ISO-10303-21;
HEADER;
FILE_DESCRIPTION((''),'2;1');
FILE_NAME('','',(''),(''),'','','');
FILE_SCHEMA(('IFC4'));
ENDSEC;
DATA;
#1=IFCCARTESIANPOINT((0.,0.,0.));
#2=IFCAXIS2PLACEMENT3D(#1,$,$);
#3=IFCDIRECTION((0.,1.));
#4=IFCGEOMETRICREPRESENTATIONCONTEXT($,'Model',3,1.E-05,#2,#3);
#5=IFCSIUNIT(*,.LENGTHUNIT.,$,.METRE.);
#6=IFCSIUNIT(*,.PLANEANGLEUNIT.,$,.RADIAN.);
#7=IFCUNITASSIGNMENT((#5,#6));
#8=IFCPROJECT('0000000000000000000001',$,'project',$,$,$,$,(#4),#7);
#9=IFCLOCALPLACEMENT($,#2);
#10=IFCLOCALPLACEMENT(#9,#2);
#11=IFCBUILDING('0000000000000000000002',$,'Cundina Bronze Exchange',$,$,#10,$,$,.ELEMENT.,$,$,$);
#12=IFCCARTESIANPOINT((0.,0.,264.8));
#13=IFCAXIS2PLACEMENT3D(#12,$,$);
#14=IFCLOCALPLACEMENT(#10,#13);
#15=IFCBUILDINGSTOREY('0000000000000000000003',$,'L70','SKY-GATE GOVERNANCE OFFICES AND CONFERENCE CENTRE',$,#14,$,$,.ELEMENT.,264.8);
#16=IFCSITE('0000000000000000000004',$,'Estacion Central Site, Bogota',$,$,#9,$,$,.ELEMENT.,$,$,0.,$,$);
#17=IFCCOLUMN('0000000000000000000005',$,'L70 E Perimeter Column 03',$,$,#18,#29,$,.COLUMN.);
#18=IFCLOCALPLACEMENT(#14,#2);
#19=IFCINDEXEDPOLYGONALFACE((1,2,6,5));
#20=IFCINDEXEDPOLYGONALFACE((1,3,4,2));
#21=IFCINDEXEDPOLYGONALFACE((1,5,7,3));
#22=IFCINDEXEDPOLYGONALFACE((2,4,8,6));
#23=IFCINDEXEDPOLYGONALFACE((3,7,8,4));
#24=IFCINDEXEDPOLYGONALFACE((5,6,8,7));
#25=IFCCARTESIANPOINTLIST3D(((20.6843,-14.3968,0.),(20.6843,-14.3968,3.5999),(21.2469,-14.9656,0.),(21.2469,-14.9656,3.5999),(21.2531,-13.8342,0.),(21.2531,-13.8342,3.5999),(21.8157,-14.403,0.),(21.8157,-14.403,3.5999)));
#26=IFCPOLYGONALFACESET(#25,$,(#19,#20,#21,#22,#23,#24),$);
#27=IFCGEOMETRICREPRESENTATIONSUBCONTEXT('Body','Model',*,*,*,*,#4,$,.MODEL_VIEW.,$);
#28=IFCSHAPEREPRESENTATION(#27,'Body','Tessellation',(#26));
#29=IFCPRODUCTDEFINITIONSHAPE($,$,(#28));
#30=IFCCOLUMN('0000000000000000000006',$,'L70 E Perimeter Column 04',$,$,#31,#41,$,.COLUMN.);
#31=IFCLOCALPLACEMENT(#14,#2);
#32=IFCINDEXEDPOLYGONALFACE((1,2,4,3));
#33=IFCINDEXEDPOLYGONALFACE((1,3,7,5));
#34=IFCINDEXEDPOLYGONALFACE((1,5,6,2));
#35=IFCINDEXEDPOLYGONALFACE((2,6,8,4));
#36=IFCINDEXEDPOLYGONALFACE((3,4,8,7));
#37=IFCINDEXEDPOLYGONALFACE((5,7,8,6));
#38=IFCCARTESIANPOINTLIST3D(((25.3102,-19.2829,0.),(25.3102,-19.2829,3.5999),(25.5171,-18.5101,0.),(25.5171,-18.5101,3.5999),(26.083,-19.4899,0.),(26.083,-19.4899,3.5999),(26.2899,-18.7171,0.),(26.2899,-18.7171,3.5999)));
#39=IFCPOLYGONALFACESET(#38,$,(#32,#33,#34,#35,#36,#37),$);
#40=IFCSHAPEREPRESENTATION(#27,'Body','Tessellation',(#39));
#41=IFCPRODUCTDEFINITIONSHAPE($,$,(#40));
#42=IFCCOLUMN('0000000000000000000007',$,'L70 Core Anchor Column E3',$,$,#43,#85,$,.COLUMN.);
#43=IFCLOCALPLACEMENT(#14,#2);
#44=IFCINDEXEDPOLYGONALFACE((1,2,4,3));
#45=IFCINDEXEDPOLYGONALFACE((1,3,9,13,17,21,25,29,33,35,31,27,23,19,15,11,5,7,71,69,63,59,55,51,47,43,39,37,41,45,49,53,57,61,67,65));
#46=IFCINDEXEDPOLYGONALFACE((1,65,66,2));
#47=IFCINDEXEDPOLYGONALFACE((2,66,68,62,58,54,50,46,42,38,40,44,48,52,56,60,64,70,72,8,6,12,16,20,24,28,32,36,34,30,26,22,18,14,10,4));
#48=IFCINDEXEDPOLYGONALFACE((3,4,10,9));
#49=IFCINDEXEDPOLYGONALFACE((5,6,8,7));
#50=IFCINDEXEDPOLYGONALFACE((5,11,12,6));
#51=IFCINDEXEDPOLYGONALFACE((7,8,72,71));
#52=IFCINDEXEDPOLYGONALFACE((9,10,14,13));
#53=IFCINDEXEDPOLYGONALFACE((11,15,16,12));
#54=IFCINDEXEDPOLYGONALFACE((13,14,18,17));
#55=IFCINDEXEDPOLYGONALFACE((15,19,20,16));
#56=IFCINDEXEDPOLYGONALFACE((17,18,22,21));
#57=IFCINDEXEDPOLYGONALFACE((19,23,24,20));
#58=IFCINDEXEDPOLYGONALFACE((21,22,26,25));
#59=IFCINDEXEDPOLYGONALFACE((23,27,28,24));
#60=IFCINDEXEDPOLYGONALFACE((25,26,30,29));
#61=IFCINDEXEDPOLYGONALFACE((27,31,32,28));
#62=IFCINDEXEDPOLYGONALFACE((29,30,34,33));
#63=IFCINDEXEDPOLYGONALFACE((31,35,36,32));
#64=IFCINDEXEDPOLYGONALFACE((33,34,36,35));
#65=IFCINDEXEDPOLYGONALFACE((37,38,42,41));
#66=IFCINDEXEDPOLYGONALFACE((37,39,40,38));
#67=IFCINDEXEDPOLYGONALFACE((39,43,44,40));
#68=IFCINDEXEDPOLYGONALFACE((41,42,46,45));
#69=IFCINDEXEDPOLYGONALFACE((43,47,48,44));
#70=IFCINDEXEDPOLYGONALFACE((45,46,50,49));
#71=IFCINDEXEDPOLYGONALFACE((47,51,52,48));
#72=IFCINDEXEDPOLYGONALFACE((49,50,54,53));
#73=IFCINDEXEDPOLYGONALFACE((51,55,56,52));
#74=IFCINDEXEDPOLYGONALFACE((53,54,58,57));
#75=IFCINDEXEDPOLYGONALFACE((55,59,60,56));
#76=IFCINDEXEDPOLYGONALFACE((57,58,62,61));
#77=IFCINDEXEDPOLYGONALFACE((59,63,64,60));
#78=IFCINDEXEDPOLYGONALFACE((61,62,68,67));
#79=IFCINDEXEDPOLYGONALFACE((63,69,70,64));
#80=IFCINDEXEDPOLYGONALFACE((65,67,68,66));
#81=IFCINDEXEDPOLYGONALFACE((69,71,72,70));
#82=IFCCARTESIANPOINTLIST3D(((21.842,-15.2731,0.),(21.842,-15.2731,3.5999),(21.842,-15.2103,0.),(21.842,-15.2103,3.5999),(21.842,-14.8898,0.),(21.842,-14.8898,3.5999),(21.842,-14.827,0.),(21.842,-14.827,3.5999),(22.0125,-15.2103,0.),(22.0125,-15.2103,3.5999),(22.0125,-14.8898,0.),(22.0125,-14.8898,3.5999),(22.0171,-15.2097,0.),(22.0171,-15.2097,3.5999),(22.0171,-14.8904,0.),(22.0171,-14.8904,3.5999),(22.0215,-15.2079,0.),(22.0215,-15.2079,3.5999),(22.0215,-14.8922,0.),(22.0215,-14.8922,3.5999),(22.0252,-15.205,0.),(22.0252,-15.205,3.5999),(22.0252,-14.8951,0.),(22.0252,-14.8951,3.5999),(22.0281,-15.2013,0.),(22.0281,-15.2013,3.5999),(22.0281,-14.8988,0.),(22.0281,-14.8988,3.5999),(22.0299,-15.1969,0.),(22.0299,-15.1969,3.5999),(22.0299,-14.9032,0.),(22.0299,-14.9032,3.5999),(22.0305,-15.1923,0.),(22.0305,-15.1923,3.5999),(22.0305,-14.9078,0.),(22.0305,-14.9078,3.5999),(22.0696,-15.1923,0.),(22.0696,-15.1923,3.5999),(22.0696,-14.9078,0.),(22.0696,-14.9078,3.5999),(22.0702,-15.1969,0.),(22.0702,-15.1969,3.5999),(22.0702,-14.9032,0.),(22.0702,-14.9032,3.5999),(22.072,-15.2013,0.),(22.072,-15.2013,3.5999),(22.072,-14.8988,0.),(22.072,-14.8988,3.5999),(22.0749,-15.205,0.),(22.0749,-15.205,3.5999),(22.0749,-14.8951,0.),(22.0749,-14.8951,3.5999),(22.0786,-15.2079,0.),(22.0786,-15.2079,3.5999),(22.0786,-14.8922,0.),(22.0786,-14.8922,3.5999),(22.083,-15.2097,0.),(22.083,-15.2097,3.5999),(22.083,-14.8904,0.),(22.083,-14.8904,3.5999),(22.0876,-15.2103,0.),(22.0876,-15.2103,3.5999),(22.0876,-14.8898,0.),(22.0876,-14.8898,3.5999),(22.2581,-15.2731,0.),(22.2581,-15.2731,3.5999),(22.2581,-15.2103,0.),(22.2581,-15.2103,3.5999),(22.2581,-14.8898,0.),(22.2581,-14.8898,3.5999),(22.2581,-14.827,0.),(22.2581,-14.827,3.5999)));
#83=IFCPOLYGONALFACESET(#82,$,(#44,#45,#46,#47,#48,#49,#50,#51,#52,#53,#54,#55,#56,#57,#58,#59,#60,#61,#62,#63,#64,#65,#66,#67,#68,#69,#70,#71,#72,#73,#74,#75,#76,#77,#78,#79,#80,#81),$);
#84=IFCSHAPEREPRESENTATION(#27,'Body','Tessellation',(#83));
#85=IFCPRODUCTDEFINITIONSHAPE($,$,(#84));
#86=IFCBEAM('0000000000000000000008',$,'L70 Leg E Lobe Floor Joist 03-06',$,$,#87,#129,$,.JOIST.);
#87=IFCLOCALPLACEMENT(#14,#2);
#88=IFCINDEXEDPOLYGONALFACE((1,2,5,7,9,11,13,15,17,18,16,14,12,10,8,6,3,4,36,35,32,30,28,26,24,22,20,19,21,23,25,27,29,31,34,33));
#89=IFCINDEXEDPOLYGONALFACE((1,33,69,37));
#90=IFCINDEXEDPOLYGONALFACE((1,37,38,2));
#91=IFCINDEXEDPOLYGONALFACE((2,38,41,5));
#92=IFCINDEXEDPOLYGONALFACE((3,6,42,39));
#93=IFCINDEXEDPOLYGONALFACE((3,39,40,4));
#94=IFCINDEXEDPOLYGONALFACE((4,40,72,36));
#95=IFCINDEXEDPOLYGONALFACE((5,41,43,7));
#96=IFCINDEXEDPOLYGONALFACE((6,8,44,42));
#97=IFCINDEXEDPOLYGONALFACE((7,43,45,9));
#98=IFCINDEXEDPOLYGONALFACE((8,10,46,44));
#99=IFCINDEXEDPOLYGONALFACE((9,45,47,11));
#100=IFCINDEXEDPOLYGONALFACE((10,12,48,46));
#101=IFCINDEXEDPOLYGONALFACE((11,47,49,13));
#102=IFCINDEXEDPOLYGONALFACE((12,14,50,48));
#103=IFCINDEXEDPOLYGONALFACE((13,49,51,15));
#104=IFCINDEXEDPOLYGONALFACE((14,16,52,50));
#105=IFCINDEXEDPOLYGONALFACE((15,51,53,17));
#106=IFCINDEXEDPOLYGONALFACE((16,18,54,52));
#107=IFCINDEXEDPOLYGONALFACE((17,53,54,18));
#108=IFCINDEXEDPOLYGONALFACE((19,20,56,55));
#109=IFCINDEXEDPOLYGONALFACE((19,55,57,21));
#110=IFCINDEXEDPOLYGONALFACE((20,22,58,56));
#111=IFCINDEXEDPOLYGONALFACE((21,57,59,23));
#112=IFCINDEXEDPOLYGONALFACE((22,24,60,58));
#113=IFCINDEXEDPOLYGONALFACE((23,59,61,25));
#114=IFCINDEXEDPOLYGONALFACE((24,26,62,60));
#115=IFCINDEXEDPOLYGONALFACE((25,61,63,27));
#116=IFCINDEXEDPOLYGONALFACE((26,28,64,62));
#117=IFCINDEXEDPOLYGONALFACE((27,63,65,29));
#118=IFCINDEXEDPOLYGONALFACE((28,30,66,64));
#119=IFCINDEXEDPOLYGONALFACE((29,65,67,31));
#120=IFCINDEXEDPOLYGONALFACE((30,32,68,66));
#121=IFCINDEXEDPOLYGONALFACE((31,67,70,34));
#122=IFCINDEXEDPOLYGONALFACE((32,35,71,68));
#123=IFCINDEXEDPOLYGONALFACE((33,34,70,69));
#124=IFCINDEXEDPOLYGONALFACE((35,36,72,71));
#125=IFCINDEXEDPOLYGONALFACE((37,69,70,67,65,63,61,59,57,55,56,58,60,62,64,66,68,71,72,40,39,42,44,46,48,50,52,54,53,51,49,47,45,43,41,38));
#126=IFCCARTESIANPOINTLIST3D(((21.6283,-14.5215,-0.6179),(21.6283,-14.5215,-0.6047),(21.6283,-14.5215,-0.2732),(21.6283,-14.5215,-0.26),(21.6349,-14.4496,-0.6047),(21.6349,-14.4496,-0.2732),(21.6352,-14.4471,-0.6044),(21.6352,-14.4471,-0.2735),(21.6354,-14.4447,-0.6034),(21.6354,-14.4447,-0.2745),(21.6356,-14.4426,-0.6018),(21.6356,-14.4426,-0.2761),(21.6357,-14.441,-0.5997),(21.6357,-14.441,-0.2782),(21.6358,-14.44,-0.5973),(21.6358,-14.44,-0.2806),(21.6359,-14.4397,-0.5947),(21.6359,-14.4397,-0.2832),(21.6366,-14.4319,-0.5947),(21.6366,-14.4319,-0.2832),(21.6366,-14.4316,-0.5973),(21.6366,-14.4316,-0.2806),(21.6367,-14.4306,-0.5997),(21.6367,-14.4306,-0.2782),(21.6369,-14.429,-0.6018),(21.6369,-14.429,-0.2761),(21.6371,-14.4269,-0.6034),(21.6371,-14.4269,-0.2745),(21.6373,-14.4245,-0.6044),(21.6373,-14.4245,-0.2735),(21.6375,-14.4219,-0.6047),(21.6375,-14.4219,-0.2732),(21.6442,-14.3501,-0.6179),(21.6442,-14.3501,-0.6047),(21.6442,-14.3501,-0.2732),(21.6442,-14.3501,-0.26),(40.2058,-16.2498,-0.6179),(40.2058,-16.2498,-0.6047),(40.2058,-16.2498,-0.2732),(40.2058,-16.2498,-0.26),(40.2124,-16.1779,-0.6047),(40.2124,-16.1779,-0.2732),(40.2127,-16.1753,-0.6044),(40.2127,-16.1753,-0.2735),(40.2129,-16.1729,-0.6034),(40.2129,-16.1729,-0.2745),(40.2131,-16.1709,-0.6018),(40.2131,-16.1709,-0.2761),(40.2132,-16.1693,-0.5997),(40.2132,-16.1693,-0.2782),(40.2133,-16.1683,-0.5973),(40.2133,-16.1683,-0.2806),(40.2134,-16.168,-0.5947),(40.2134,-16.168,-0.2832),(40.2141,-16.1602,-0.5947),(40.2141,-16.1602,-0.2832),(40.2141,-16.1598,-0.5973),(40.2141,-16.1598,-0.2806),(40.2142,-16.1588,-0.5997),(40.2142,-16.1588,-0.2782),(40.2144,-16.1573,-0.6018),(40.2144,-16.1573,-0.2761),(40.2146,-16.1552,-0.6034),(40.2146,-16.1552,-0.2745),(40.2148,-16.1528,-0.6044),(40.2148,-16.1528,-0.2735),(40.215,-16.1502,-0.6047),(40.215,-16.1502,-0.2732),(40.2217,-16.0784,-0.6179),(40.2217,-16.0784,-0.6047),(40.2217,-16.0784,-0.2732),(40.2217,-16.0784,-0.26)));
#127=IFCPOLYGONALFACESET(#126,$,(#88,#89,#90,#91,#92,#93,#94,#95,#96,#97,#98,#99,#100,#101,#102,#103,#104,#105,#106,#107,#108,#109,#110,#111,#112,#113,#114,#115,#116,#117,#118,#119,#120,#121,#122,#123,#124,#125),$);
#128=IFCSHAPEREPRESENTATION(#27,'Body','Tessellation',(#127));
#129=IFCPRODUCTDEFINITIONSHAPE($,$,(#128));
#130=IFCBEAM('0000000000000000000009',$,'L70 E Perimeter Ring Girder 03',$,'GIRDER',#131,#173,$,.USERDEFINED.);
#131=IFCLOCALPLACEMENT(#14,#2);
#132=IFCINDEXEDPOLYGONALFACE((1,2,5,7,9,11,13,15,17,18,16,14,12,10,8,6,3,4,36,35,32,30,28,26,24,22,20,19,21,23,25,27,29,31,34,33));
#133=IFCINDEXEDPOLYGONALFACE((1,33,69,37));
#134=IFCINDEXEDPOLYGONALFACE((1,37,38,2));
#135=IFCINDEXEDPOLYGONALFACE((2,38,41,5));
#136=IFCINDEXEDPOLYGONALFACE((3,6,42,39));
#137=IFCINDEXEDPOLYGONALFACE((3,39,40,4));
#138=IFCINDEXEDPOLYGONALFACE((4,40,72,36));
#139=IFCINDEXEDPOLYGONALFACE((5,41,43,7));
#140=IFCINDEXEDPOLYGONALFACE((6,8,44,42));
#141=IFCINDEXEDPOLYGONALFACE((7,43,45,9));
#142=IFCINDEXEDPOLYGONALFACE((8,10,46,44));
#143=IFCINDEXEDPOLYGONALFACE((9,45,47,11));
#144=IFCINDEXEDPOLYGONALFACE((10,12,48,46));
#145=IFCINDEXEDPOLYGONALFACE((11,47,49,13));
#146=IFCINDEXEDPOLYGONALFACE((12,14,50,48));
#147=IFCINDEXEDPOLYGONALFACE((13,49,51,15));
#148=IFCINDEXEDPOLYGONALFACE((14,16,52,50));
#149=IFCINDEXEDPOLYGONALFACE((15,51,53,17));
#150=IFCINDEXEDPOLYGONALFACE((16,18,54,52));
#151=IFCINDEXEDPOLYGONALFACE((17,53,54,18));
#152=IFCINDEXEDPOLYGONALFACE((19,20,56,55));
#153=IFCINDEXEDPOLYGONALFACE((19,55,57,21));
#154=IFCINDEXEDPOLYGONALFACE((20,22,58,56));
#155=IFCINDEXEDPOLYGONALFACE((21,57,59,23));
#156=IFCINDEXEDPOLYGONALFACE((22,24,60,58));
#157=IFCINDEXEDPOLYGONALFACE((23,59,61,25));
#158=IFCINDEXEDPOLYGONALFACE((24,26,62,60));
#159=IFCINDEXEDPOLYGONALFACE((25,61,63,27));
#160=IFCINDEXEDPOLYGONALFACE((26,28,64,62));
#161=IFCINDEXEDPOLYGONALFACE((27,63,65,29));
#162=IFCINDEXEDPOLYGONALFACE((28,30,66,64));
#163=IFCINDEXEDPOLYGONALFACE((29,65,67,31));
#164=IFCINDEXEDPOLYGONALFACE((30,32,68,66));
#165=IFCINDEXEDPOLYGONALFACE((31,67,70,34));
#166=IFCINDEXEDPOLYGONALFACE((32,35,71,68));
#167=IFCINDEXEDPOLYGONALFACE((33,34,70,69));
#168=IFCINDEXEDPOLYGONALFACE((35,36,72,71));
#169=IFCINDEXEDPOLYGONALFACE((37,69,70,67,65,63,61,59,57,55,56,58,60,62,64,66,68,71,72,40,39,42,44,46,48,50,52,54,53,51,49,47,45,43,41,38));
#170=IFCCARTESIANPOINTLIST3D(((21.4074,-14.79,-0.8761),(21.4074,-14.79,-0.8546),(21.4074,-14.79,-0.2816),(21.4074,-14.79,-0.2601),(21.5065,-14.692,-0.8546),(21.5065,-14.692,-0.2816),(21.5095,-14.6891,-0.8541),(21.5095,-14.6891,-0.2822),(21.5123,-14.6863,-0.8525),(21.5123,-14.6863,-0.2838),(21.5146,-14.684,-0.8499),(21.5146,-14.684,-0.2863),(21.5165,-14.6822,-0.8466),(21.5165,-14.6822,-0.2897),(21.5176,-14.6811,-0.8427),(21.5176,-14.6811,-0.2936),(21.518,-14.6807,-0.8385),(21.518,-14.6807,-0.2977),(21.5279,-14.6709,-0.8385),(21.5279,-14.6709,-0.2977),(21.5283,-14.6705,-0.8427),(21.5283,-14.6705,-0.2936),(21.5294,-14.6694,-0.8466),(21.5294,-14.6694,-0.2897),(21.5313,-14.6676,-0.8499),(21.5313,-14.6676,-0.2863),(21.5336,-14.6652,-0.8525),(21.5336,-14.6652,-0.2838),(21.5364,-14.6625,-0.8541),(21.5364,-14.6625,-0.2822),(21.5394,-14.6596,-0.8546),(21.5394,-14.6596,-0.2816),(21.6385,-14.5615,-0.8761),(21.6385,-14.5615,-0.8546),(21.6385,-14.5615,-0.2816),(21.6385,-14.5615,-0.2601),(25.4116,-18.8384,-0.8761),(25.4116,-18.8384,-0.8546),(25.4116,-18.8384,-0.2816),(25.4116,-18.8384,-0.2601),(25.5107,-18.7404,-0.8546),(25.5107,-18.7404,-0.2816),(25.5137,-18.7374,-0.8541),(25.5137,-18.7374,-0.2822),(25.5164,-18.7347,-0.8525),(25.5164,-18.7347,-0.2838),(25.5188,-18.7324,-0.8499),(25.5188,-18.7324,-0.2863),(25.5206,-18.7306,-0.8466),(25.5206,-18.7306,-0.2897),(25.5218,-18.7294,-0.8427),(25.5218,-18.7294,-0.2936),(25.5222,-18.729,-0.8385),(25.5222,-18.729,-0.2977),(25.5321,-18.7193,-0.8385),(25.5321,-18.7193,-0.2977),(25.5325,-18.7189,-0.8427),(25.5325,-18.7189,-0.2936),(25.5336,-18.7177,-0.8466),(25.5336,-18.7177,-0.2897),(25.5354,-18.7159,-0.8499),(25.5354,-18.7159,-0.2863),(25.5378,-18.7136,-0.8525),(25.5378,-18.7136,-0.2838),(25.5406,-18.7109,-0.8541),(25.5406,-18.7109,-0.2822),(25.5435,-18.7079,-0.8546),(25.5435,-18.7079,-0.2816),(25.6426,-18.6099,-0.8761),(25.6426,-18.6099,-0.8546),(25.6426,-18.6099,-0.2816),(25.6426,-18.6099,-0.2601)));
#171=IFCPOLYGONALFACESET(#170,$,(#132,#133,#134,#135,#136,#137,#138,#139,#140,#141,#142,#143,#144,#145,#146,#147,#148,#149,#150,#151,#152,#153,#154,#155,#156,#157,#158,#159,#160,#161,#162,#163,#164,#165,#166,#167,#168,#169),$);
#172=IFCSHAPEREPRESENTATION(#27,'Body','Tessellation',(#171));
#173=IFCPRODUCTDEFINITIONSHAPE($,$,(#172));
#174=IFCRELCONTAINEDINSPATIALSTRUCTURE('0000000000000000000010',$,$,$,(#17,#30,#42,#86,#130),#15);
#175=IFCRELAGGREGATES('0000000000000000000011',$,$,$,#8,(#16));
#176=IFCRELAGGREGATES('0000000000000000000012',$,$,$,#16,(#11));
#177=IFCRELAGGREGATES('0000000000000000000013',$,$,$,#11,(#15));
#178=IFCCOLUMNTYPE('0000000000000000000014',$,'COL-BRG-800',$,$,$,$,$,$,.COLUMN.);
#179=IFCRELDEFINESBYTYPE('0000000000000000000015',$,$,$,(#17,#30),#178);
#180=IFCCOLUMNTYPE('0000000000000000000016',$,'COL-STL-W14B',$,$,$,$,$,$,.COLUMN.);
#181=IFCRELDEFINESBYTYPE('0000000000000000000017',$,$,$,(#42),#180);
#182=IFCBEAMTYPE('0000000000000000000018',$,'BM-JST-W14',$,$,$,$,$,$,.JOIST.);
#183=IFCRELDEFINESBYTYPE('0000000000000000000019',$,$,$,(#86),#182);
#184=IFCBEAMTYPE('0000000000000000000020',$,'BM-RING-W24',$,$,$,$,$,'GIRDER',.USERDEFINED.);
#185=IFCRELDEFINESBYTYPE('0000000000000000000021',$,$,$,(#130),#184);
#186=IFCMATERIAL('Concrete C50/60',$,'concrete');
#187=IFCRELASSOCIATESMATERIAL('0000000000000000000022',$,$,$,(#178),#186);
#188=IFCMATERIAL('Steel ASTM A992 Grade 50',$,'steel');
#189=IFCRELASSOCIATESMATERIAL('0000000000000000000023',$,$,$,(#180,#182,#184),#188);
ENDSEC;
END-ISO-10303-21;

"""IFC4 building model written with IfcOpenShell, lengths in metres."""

from ifc_helpers import new_model, si_unit, direction, frame, origin, origin_2d, place, context, subcontext, project, spatial, rectangle, i_section, extrude, material, material_profile, profile_set, type_object, element, save


model = new_model("IFC4")

# Units and contexts
model_context = context("Model", 3, precision=1e-05, world=origin(), true_north=direction((0.0, 1.0)))
body_context = subcontext(model_context, "Body", "Model", "MODEL_VIEW")
ifc_project = project(units=[si_unit("LENGTHUNIT", "METRE"), si_unit("PLANEANGLEUNIT", "RADIAN")], contexts=[model_context])

# Site, building, storey
site_placement = place(None, origin())
site = spatial("IfcSite", under=ifc_project, at=site_placement, Name="Estacion Central Site, Bogota", CompositionType="ELEMENT", RefElevation=0.0)
building_placement = place(site_placement, origin())
building = spatial("IfcBuilding", under=site, at=building_placement, Name="Cundina Bronze Exchange", CompositionType="ELEMENT")
storey_placement = place(building_placement, frame((0.0, 0.0, 264.8)))
storey = spatial("IfcBuildingStorey", under=building, at=storey_placement, Name="L70", Description="SKY-GATE GOVERNANCE OFFICES AND CONFERENCE CENTRE", CompositionType="ELEMENT", Elevation=264.8)

# Columns
ifc_material_1 = material(Name="Concrete C50/60", Category="concrete")
ifc_material_profile_1 = material_profile(ifc_material_1, rectangle(XDim=0.8, YDim=0.8, at=origin_2d()), Name="RC800X800", Category="concrete")
ifc_profile_set_1 = profile_set([ifc_material_profile_1], Name="Concrete C50/60")
column_type_1 = type_object("IfcColumnType", Name="COL-BRG-800", PredefinedType="COLUMN", material=ifc_profile_set_1)
for number, where, z_axis, x_axis, name in (
    (1, (21.25, -14.3999, 0.0), (0.0, 0.0, 1.0), (0.703271, -0.710922, 0.0), "L70 E Perimeter Column 03"),
    (2, (25.8, -19.0, 0.0), (0.0, 0.0, 1.0), (0.965971, -0.25865, 0.0), "L70 E Perimeter Column 04"),
):
    element("IfcColumn", number, at=place(storey_placement, frame(where, z_axis=z_axis, x_axis=x_axis)), inside=storey, type_object=column_type_1, Name=name, PredefinedType="COLUMN", context=body_context, shape_type="SweptSolid", body=[
        extrude(rectangle(XDim=0.8, YDim=0.8, at=origin_2d()), origin(), (0.0, 0.0, 1.0), 3.5999),
    ])
ifc_material_2 = material(Name="Steel ASTM A992 Grade 50", Category="steel")
ifc_material_profile_2 = material_profile(ifc_material_2, i_section(OverallWidth=0.416, OverallDepth=0.446, WebThickness=0.0391, FlangeThickness=0.0627, FilletRadius=0.0181, at=origin_2d()), Name="W14X342", Category="steel")
ifc_profile_set_2 = profile_set([ifc_material_profile_2], Name="Steel ASTM A992 Grade 50")
column_type_2 = type_object("IfcColumnType", Name="COL-STL-W14B", PredefinedType="COLUMN", material=ifc_profile_set_2)
column_placement = place(storey_placement, frame((22.05, -15.05, 0.0), z_axis=(0.0, 0.0, 1.0), x_axis=(1.0, 0.0, 0.0)))
element("IfcColumn", 3, at=column_placement, inside=storey, type_object=column_type_2, Name="L70 Core Anchor Column E3", PredefinedType="COLUMN", context=body_context, shape_type="SweptSolid", body=[
    extrude(i_section(OverallWidth=0.416, OverallDepth=0.446, WebThickness=0.0391, FlangeThickness=0.0627, FilletRadius=0.0181, at=origin_2d()), origin(), (0.0, 0.0, 1.0), 3.5999),
])

# Beams
ifc_material_profile_3 = material_profile(ifc_material_2, i_section(OverallWidth=0.1721, OverallDepth=0.3579, WebThickness=0.0078, FlangeThickness=0.0132, FilletRadius=0.01, at=origin_2d()), Name="W14X38", Category="steel")
ifc_profile_set_3 = profile_set([ifc_material_profile_3], Name="Steel ASTM A992 Grade 50")
beam_type_1 = type_object("IfcBeamType", Name="BM-JST-W14", PredefinedType="JOIST", material=ifc_profile_set_3)
beam_1_placement = place(storey_placement, frame((21.6362, -14.4358, -0.439), z_axis=(0.995701, -0.092631, 0.0), x_axis=(0.092631, 0.995701, 0.0)))
element("IfcBeam", 4, at=beam_1_placement, inside=storey, type_object=beam_type_1, Name="L70 Leg E Lobe Floor Joist 03-06", PredefinedType="JOIST", context=body_context, shape_type="SweptSolid", body=[
    extrude(i_section(OverallWidth=0.1721, OverallDepth=0.3579, WebThickness=0.0078, FlangeThickness=0.0132, FilletRadius=0.01, at=origin_2d()), origin(), (0.0, 0.0, 1.0), 18.6577),
])
ifc_material_profile_4 = material_profile(ifc_material_2, i_section(OverallWidth=0.325, OverallDepth=0.616, WebThickness=0.0139, FlangeThickness=0.0215, FilletRadius=0.0161, at=origin_2d()), Name="W24X117", Category="steel")
ifc_profile_set_4 = profile_set([ifc_material_profile_4], Name="Steel ASTM A992 Grade 50")
beam_type_2 = type_object("IfcBeamType", Name="BM-RING-W24", ElementType="GIRDER", PredefinedType="USERDEFINED", material=ifc_profile_set_4)
beam_2_placement = place(storey_placement, frame((21.5229, -14.6758, -0.5681), z_axis=(0.703216, -0.710976, 0.0), x_axis=(0.710976, 0.703216, 0.0)))
element("IfcBeam", 5, at=beam_2_placement, inside=storey, type_object=beam_type_2, Name="L70 E Perimeter Ring Girder 03", ObjectType="GIRDER", PredefinedType="USERDEFINED", context=body_context, shape_type="SweptSolid", body=[
    extrude(i_section(OverallWidth=0.325, OverallDepth=0.616, WebThickness=0.0139, FlangeThickness=0.0215, FilletRadius=0.0161, at=origin_2d()), origin(), (0.0, 0.0, 1.0), 5.6941),
])

save(model, "model.ifc")
